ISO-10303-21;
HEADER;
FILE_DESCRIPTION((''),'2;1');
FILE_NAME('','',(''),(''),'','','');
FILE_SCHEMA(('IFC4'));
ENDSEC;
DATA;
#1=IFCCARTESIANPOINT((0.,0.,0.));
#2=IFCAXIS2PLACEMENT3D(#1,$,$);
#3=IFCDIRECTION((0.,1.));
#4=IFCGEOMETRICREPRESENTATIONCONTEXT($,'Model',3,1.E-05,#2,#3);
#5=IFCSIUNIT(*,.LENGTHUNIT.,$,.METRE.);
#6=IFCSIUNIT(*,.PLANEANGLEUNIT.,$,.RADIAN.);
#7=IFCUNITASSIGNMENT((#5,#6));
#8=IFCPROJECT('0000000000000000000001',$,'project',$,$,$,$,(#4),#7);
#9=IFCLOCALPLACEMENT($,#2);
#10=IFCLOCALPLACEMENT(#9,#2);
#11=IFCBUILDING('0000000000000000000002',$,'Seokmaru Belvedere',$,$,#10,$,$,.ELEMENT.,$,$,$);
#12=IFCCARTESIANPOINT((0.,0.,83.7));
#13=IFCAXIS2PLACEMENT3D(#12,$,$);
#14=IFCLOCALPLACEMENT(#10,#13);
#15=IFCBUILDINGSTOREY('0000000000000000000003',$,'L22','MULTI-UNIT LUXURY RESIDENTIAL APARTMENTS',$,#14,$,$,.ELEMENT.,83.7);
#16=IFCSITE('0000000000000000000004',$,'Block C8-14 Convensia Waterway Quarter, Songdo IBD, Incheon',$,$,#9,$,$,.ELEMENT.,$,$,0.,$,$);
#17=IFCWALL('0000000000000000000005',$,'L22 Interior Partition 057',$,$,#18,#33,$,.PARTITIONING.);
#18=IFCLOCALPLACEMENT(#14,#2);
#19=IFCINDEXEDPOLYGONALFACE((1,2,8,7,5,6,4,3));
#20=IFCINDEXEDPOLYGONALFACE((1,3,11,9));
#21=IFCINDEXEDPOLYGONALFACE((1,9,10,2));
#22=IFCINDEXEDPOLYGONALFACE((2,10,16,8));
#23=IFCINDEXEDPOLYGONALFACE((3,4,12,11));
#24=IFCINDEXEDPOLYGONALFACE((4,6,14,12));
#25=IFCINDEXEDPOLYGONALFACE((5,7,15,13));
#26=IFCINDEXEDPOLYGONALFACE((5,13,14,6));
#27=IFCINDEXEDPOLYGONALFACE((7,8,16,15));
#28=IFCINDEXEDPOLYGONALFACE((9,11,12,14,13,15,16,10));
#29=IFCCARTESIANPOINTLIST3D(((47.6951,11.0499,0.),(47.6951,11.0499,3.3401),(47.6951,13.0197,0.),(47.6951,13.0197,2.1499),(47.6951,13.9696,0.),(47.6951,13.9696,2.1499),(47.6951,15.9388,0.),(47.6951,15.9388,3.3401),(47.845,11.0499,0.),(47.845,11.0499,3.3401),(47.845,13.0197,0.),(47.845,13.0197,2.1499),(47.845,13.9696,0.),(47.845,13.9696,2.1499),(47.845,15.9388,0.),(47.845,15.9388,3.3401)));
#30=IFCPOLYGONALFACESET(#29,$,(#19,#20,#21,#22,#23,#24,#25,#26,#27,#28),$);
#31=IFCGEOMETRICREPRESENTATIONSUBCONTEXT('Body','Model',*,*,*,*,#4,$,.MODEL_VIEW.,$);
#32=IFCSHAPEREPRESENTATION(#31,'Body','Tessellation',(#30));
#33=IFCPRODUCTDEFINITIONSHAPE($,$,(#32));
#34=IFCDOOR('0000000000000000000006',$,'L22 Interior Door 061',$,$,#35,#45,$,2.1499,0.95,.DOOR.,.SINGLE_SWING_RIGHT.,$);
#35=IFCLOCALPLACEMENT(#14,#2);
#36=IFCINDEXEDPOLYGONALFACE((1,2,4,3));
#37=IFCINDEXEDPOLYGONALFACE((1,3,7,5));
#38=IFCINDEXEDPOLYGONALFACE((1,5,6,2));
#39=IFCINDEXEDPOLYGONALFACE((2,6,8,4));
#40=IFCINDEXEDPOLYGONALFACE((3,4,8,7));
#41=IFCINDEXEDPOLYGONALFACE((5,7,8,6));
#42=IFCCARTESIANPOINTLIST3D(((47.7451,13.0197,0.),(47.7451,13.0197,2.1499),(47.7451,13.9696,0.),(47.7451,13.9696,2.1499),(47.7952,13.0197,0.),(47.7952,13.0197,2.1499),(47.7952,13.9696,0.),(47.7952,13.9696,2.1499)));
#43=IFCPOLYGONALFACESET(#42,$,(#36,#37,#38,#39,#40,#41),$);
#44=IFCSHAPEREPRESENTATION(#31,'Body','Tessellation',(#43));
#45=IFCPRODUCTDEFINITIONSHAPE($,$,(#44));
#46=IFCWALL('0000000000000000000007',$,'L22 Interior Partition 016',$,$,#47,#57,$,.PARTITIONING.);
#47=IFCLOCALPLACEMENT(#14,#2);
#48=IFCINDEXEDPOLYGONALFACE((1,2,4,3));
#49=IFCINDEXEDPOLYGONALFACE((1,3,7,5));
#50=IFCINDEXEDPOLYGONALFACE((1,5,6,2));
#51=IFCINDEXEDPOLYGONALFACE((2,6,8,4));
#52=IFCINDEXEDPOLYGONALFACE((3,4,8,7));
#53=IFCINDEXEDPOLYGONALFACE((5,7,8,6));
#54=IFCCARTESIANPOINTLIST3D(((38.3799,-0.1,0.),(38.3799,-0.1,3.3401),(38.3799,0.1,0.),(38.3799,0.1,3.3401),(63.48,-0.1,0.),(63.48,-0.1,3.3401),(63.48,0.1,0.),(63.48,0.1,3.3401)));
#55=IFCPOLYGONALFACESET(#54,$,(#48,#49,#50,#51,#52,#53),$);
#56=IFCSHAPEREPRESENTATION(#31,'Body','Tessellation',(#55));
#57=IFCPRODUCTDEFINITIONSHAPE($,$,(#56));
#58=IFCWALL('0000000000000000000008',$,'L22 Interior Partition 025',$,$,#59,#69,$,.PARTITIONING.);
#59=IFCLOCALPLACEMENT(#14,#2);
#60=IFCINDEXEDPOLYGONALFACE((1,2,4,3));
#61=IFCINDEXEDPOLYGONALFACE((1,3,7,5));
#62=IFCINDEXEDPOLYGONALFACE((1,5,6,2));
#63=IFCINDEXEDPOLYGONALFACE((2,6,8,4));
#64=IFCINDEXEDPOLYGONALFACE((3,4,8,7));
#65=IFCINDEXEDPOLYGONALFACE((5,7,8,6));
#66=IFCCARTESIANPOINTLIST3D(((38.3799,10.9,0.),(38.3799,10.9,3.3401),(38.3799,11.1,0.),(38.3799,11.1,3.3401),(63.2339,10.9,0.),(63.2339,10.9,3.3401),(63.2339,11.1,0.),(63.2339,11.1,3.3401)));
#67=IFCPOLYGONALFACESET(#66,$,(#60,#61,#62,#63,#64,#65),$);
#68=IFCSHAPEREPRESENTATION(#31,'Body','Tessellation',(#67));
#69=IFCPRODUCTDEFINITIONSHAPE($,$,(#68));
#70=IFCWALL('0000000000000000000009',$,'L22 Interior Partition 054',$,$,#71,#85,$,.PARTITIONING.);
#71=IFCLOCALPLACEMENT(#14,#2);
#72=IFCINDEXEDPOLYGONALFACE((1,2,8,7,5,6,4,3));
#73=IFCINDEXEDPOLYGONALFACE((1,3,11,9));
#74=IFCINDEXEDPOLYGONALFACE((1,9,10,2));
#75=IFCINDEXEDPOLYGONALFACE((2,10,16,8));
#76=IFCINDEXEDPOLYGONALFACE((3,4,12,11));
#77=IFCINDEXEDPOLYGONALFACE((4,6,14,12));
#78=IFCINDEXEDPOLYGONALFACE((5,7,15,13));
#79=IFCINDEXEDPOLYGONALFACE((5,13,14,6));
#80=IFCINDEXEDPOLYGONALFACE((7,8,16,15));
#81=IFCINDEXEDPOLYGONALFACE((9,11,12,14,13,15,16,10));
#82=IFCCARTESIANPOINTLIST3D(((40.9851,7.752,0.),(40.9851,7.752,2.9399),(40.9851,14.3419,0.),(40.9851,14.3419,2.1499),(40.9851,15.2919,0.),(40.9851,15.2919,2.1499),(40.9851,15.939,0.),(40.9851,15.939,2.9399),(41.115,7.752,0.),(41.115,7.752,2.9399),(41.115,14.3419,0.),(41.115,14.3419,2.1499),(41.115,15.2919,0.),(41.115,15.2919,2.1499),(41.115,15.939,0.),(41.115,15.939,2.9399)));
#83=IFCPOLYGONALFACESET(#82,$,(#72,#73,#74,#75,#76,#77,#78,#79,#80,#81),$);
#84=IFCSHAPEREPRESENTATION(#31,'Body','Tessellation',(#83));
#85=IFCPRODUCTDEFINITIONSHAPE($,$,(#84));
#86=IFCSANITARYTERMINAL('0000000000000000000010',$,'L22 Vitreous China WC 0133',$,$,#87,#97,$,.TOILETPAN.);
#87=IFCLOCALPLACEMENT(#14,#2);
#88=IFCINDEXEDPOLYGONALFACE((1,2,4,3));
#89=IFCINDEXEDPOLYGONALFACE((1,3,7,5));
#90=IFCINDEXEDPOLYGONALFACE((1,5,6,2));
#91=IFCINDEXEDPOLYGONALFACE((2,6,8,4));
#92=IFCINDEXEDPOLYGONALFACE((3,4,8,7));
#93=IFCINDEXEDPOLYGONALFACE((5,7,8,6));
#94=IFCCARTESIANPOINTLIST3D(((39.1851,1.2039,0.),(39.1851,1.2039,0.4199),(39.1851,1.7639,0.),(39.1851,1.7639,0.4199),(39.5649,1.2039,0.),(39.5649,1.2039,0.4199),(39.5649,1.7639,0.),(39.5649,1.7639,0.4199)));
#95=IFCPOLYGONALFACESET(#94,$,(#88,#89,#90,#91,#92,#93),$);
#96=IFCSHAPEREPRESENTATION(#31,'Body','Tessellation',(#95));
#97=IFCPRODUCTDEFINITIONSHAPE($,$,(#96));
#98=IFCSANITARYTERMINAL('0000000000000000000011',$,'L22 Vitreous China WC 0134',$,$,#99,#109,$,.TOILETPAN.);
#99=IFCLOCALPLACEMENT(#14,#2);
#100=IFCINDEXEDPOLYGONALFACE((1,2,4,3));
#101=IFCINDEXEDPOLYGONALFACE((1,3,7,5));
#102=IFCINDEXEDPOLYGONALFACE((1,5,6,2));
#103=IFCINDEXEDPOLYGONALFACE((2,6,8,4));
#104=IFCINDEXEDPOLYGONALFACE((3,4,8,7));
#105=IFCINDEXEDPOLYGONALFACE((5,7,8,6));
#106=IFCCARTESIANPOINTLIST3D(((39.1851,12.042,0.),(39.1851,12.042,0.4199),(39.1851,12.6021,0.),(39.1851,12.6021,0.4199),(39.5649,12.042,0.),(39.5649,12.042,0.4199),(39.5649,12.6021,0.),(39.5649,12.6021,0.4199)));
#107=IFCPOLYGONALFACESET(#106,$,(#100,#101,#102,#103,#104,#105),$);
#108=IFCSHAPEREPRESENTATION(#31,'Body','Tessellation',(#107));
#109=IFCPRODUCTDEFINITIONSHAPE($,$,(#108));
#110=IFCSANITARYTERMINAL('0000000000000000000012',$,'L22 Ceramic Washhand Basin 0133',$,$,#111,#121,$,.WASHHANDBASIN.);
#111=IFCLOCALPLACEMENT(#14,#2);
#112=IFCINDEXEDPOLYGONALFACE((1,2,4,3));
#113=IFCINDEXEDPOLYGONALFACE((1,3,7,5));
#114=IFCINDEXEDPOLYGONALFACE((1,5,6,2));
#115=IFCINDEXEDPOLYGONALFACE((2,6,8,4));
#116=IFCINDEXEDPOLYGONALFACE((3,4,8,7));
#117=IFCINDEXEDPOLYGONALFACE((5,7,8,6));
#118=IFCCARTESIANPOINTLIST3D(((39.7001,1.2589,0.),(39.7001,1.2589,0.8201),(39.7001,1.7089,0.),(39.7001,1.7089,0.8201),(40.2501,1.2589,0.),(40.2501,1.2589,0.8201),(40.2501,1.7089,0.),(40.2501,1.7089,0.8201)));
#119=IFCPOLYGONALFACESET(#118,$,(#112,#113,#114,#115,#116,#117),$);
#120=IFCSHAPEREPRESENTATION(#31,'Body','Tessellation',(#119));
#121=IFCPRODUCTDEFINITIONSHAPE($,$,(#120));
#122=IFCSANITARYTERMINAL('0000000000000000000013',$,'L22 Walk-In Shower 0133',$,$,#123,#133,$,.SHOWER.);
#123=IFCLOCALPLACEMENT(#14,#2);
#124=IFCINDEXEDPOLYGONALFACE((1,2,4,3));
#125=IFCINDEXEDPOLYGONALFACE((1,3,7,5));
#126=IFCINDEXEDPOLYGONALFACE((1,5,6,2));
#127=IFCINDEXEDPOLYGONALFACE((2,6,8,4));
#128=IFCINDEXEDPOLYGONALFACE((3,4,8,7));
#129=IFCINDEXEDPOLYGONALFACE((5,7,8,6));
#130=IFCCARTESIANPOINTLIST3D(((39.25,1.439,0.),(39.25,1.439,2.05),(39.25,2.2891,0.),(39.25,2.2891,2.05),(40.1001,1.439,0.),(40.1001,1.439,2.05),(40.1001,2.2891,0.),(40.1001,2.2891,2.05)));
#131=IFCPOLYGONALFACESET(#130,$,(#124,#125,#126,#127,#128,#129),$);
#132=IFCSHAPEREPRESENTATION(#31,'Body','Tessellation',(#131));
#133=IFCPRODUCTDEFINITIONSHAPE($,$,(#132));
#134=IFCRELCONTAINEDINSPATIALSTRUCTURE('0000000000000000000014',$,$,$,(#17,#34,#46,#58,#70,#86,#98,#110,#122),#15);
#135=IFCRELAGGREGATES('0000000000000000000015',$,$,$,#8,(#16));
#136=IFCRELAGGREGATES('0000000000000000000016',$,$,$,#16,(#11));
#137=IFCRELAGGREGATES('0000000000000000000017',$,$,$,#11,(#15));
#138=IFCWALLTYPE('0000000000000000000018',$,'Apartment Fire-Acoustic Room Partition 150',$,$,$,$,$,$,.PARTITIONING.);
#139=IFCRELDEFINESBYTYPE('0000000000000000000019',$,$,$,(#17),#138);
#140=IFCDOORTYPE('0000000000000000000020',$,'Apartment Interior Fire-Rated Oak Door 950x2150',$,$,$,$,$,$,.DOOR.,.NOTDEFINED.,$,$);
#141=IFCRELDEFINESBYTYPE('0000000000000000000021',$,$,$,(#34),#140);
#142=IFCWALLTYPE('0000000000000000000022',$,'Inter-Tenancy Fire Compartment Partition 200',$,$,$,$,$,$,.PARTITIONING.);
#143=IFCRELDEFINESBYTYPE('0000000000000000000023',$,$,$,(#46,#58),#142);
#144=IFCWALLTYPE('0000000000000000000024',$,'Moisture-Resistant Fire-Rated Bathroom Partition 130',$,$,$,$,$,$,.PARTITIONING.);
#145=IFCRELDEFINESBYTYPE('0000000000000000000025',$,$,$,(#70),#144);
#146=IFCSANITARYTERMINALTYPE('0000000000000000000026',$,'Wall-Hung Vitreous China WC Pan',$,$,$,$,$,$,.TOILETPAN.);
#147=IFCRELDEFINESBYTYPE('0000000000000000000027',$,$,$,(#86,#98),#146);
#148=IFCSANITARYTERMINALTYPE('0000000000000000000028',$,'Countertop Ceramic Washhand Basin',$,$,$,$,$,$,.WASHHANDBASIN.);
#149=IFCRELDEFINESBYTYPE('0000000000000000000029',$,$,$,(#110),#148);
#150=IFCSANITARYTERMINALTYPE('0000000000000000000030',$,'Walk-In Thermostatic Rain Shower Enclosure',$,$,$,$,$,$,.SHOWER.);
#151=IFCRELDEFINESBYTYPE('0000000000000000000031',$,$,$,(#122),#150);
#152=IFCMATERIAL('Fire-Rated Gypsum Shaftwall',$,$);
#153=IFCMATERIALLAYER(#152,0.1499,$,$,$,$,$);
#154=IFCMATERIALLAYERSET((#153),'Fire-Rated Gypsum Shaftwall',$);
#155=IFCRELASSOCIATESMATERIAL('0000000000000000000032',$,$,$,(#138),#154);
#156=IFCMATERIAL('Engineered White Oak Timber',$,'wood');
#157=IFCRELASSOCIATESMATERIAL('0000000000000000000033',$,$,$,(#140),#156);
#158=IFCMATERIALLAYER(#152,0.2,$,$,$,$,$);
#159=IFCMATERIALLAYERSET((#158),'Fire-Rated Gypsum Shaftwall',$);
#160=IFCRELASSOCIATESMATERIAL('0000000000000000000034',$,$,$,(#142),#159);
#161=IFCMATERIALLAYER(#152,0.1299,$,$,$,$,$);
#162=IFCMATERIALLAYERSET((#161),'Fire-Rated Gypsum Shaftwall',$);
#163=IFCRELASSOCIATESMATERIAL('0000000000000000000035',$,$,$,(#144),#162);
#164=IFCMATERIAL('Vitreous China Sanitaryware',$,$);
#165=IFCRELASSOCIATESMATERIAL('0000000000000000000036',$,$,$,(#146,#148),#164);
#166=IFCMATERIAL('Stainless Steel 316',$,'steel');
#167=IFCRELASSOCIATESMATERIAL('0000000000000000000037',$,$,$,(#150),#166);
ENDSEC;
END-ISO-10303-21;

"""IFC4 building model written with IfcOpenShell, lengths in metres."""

from ifc_helpers import new_model, si_unit, direction, frame, frame_2d, origin, origin_2d, place, context, subcontext, project, spatial, rectangle, extrude, source, transform, mapped, material, layer, layer_set, type_object, type_shapes, element, fill, save


model = new_model("IFC4")

# Units and contexts
model_context = context("Model", 3, precision=1e-05, world=origin(), true_north=direction((0.0, 1.0)))
body_context = subcontext(model_context, "Body", "Model", "MODEL_VIEW")
ifc_project = project(units=[si_unit("LENGTHUNIT", "METRE"), si_unit("PLANEANGLEUNIT", "RADIAN")], contexts=[model_context])

# Site, building, storey
site_placement = place(None, origin())
site = spatial("IfcSite", under=ifc_project, at=site_placement, Name="Block C8-14 Convensia Waterway Quarter, Songdo IBD, Incheon", CompositionType="ELEMENT", RefElevation=0.0)
building_placement = place(site_placement, origin())
building = spatial("IfcBuilding", under=site, at=building_placement, Name="Seokmaru Belvedere", CompositionType="ELEMENT")
storey_placement = place(building_placement, frame((0.0, 0.0, 83.7)))
storey = spatial("IfcBuildingStorey", under=building, at=storey_placement, Name="L22", Description="MULTI-UNIT LUXURY RESIDENTIAL APARTMENTS", CompositionType="ELEMENT", Elevation=83.7)

# Shared definitions
ifc_material_1 = material(Name="Fire-Rated Gypsum Shaftwall")
ifc_layer_1 = layer(ifc_material_1, 0.1499)
ifc_layer_set_1 = layer_set([ifc_layer_1], Name="Fire-Rated Gypsum Shaftwall")
wall_type_1 = type_object("IfcWallType", Name="Apartment Fire-Acoustic Room Partition 150", PredefinedType="PARTITIONING", material=ifc_layer_set_1)

# Wall, opening, door
wall_1_placement = place(storey_placement, frame((47.77, 11.05, 0.0), z_axis=(0.0, 0.0, 1.0), x_axis=(0.0, 1.0, 0.0)))
wall_1 = element("IfcWall", 1, at=wall_1_placement, inside=storey, type_object=wall_type_1, Name="L22 Interior Partition 057", PredefinedType="PARTITIONING", context=body_context, shape_type="SweptSolid", body=[
    extrude(rectangle(XDim=4.8889, YDim=0.1499, at=frame_2d((2.4443, 0.0))), origin(), (0.0, 0.0, 1.0), 3.3401),
])
opening_1_placement = place(wall_1_placement, frame((1.9695, 0.0, 0.0)))
opening_1 = element("IfcOpeningElement", 2, at=opening_1_placement, cuts=wall_1, PredefinedType="OPENING", context=body_context, shape_type="SweptSolid", body=[
    extrude(rectangle(XDim=0.95, YDim=2.1499, at=frame_2d((0.4751, 1.075))), frame((0.0, 0.085, 0.0), z_axis=(0.0, -1.0, 0.0), x_axis=(1.0, 0.0, 0.0)), (0.0, 0.0, 1.0), 0.1699),
])
ifc_material_2 = material(Name="Engineered White Oak Timber", Category="wood")
door_type = type_object("IfcDoorType", Name="Apartment Interior Fire-Rated Oak Door 950x2150", OperationType="NOTDEFINED", PredefinedType="DOOR", material=ifc_material_2)
shared_shape_1 = source(origin(), body_context, "Body", "SweptSolid", [
    extrude(rectangle(XDim=0.95, YDim=2.1499, at=frame_2d((0.4751, 1.075))), frame((0.0, 0.0249, 0.0), z_axis=(0.0, -1.0, 0.0), x_axis=(1.0, 0.0, 0.0)), (0.0, 0.0, 1.0), 0.05),
])
type_shapes(door_type, [shared_shape_1])
door_placement = place(opening_1_placement, origin())
door = element("IfcDoor", 3, at=door_placement, inside=storey, type_object=door_type, Name="L22 Interior Door 061", OperationType="SINGLE_SWING_RIGHT", OverallHeight=2.1499, OverallWidth=0.95, PredefinedType="DOOR", context=body_context, shape_type="MappedRepresentation", body=[
    mapped(shared_shape_1, transform((0.0, 0.0, 0.0), scale=1.0)),
])
fill(opening_1, door)

# Walls
ifc_layer_2 = layer(ifc_material_1, 0.2)
ifc_layer_set_2 = layer_set([ifc_layer_2], Name="Fire-Rated Gypsum Shaftwall")
wall_type_2 = type_object("IfcWallType", Name="Inter-Tenancy Fire Compartment Partition 200", PredefinedType="PARTITIONING", material=ifc_layer_set_2)
wall_2_placement = place(storey_placement, frame((38.3799, 0.0, 0.0), z_axis=(0.0, 0.0, 1.0), x_axis=(1.0, 0.0, 0.0)))
element("IfcWall", 4, at=wall_2_placement, inside=storey, type_object=wall_type_2, Name="L22 Interior Partition 016", PredefinedType="PARTITIONING", context=body_context, shape_type="SweptSolid", body=[
    extrude(rectangle(XDim=25.1001, YDim=0.2, at=frame_2d((12.55, 0.0))), origin(), (0.0, 0.0, 1.0), 3.3401),
])
wall_3_placement = place(storey_placement, frame((38.3799, 11.0, 0.0), z_axis=(0.0, 0.0, 1.0), x_axis=(1.0, 0.0, 0.0)))
element("IfcWall", 5, at=wall_3_placement, inside=storey, type_object=wall_type_2, Name="L22 Interior Partition 025", PredefinedType="PARTITIONING", context=body_context, shape_type="SweptSolid", body=[
    extrude(rectangle(XDim=24.854, YDim=0.2, at=frame_2d((12.427, 0.0))), origin(), (0.0, 0.0, 1.0), 3.3401),
])

# Wall, opening
ifc_layer_3 = layer(ifc_material_1, 0.1299)
ifc_layer_set_3 = layer_set([ifc_layer_3], Name="Fire-Rated Gypsum Shaftwall")
wall_type_3 = type_object("IfcWallType", Name="Moisture-Resistant Fire-Rated Bathroom Partition 130", PredefinedType="PARTITIONING", material=ifc_layer_set_3)
wall_4_placement = place(storey_placement, frame((41.05, 7.752, 0.0), z_axis=(0.0, 0.0, 1.0), x_axis=(0.0, 1.0, 0.0)))
wall_4 = element("IfcWall", 6, at=wall_4_placement, inside=storey, type_object=wall_type_3, Name="L22 Interior Partition 054", PredefinedType="PARTITIONING", context=body_context, shape_type="SweptSolid", body=[
    extrude(rectangle(XDim=8.187, YDim=0.1299, at=frame_2d((4.0935, 0.0))), origin(), (0.0, 0.0, 1.0), 2.9399),
])
opening_2_placement = place(wall_4_placement, frame((6.5898, 0.0, 0.0)))
element("IfcOpeningElement", 7, at=opening_2_placement, cuts=wall_4, PredefinedType="OPENING", context=body_context, shape_type="SweptSolid", body=[
    extrude(rectangle(XDim=0.95, YDim=2.1499, at=frame_2d((0.4751, 1.075))), frame((0.0, 0.075, 0.0), z_axis=(0.0, -1.0, 0.0), x_axis=(1.0, 0.0, 0.0)), (0.0, 0.0, 1.0), 0.1499),
])

# Sanitary terminals
ifc_material_3 = material(Name="Vitreous China Sanitaryware")
sanitary_terminal_type_1 = type_object("IfcSanitaryTerminalType", Name="Wall-Hung Vitreous China WC Pan", PredefinedType="TOILETPAN", material=ifc_material_3)
shared_shape_2 = source(origin(), body_context, "Body", "SweptSolid", [
    extrude(rectangle(XDim=0.3799, YDim=0.5601, at=origin_2d()), origin(), (0.0, 0.0, 1.0), 0.4199),
])
type_shapes(sanitary_terminal_type_1, [shared_shape_2])
for number, where, z_axis, x_axis, name in (
    (8, (39.375, 1.4839, 0.0), (0.0, 0.0, 1.0), (1.0, 0.0, 0.0), "L22 Vitreous China WC 0133"),
    (9, (39.375, 12.322, 0.0), (0.0, 0.0, 1.0), (1.0, 0.0, 0.0), "L22 Vitreous China WC 0134"),
):
    element("IfcSanitaryTerminal", number, at=place(storey_placement, frame(where, z_axis=z_axis, x_axis=x_axis)), inside=storey, type_object=sanitary_terminal_type_1, Name=name, PredefinedType="TOILETPAN", context=body_context, shape_type="MappedRepresentation", body=[
        mapped(shared_shape_2, transform((0.0, 0.0, 0.0), scale=1.0)),
    ])
sanitary_terminal_type_2 = type_object("IfcSanitaryTerminalType", Name="Countertop Ceramic Washhand Basin", PredefinedType="WASHHANDBASIN", material=ifc_material_3)
shared_shape_3 = source(origin(), body_context, "Body", "SweptSolid", [
    extrude(rectangle(XDim=0.55, YDim=0.45, at=origin_2d()), origin(), (0.0, 0.0, 1.0), 0.8201),
])
type_shapes(sanitary_terminal_type_2, [shared_shape_3])
sanitary_terminal_1_placement = place(storey_placement, frame((39.9751, 1.4839, 0.0), z_axis=(0.0, 0.0, 1.0), x_axis=(1.0, 0.0, 0.0)))
element("IfcSanitaryTerminal", 10, at=sanitary_terminal_1_placement, inside=storey, type_object=sanitary_terminal_type_2, Name="L22 Ceramic Washhand Basin 0133", PredefinedType="WASHHANDBASIN", context=body_context, shape_type="MappedRepresentation", body=[
    mapped(shared_shape_3, transform((0.0, 0.0, 0.0), scale=1.0)),
])
ifc_material_4 = material(Name="Stainless Steel 316", Category="steel")
sanitary_terminal_type_3 = type_object("IfcSanitaryTerminalType", Name="Walk-In Thermostatic Rain Shower Enclosure", PredefinedType="SHOWER", material=ifc_material_4)
shared_shape_4 = source(origin(), body_context, "Body", "SweptSolid", [
    extrude(rectangle(XDim=0.8501, YDim=0.8501, at=origin_2d()), origin(), (0.0, 0.0, 1.0), 2.05),
])
type_shapes(sanitary_terminal_type_3, [shared_shape_4])
sanitary_terminal_2_placement = place(storey_placement, frame((39.675, 1.864, 0.0), z_axis=(0.0, 0.0, 1.0), x_axis=(1.0, 0.0, 0.0)))
element("IfcSanitaryTerminal", 11, at=sanitary_terminal_2_placement, inside=storey, type_object=sanitary_terminal_type_3, Name="L22 Walk-In Shower 0133", PredefinedType="SHOWER", context=body_context, shape_type="MappedRepresentation", body=[
    mapped(shared_shape_4, transform((0.0, 0.0, 0.0), scale=1.0)),
])

save(model, "model.ifc")
